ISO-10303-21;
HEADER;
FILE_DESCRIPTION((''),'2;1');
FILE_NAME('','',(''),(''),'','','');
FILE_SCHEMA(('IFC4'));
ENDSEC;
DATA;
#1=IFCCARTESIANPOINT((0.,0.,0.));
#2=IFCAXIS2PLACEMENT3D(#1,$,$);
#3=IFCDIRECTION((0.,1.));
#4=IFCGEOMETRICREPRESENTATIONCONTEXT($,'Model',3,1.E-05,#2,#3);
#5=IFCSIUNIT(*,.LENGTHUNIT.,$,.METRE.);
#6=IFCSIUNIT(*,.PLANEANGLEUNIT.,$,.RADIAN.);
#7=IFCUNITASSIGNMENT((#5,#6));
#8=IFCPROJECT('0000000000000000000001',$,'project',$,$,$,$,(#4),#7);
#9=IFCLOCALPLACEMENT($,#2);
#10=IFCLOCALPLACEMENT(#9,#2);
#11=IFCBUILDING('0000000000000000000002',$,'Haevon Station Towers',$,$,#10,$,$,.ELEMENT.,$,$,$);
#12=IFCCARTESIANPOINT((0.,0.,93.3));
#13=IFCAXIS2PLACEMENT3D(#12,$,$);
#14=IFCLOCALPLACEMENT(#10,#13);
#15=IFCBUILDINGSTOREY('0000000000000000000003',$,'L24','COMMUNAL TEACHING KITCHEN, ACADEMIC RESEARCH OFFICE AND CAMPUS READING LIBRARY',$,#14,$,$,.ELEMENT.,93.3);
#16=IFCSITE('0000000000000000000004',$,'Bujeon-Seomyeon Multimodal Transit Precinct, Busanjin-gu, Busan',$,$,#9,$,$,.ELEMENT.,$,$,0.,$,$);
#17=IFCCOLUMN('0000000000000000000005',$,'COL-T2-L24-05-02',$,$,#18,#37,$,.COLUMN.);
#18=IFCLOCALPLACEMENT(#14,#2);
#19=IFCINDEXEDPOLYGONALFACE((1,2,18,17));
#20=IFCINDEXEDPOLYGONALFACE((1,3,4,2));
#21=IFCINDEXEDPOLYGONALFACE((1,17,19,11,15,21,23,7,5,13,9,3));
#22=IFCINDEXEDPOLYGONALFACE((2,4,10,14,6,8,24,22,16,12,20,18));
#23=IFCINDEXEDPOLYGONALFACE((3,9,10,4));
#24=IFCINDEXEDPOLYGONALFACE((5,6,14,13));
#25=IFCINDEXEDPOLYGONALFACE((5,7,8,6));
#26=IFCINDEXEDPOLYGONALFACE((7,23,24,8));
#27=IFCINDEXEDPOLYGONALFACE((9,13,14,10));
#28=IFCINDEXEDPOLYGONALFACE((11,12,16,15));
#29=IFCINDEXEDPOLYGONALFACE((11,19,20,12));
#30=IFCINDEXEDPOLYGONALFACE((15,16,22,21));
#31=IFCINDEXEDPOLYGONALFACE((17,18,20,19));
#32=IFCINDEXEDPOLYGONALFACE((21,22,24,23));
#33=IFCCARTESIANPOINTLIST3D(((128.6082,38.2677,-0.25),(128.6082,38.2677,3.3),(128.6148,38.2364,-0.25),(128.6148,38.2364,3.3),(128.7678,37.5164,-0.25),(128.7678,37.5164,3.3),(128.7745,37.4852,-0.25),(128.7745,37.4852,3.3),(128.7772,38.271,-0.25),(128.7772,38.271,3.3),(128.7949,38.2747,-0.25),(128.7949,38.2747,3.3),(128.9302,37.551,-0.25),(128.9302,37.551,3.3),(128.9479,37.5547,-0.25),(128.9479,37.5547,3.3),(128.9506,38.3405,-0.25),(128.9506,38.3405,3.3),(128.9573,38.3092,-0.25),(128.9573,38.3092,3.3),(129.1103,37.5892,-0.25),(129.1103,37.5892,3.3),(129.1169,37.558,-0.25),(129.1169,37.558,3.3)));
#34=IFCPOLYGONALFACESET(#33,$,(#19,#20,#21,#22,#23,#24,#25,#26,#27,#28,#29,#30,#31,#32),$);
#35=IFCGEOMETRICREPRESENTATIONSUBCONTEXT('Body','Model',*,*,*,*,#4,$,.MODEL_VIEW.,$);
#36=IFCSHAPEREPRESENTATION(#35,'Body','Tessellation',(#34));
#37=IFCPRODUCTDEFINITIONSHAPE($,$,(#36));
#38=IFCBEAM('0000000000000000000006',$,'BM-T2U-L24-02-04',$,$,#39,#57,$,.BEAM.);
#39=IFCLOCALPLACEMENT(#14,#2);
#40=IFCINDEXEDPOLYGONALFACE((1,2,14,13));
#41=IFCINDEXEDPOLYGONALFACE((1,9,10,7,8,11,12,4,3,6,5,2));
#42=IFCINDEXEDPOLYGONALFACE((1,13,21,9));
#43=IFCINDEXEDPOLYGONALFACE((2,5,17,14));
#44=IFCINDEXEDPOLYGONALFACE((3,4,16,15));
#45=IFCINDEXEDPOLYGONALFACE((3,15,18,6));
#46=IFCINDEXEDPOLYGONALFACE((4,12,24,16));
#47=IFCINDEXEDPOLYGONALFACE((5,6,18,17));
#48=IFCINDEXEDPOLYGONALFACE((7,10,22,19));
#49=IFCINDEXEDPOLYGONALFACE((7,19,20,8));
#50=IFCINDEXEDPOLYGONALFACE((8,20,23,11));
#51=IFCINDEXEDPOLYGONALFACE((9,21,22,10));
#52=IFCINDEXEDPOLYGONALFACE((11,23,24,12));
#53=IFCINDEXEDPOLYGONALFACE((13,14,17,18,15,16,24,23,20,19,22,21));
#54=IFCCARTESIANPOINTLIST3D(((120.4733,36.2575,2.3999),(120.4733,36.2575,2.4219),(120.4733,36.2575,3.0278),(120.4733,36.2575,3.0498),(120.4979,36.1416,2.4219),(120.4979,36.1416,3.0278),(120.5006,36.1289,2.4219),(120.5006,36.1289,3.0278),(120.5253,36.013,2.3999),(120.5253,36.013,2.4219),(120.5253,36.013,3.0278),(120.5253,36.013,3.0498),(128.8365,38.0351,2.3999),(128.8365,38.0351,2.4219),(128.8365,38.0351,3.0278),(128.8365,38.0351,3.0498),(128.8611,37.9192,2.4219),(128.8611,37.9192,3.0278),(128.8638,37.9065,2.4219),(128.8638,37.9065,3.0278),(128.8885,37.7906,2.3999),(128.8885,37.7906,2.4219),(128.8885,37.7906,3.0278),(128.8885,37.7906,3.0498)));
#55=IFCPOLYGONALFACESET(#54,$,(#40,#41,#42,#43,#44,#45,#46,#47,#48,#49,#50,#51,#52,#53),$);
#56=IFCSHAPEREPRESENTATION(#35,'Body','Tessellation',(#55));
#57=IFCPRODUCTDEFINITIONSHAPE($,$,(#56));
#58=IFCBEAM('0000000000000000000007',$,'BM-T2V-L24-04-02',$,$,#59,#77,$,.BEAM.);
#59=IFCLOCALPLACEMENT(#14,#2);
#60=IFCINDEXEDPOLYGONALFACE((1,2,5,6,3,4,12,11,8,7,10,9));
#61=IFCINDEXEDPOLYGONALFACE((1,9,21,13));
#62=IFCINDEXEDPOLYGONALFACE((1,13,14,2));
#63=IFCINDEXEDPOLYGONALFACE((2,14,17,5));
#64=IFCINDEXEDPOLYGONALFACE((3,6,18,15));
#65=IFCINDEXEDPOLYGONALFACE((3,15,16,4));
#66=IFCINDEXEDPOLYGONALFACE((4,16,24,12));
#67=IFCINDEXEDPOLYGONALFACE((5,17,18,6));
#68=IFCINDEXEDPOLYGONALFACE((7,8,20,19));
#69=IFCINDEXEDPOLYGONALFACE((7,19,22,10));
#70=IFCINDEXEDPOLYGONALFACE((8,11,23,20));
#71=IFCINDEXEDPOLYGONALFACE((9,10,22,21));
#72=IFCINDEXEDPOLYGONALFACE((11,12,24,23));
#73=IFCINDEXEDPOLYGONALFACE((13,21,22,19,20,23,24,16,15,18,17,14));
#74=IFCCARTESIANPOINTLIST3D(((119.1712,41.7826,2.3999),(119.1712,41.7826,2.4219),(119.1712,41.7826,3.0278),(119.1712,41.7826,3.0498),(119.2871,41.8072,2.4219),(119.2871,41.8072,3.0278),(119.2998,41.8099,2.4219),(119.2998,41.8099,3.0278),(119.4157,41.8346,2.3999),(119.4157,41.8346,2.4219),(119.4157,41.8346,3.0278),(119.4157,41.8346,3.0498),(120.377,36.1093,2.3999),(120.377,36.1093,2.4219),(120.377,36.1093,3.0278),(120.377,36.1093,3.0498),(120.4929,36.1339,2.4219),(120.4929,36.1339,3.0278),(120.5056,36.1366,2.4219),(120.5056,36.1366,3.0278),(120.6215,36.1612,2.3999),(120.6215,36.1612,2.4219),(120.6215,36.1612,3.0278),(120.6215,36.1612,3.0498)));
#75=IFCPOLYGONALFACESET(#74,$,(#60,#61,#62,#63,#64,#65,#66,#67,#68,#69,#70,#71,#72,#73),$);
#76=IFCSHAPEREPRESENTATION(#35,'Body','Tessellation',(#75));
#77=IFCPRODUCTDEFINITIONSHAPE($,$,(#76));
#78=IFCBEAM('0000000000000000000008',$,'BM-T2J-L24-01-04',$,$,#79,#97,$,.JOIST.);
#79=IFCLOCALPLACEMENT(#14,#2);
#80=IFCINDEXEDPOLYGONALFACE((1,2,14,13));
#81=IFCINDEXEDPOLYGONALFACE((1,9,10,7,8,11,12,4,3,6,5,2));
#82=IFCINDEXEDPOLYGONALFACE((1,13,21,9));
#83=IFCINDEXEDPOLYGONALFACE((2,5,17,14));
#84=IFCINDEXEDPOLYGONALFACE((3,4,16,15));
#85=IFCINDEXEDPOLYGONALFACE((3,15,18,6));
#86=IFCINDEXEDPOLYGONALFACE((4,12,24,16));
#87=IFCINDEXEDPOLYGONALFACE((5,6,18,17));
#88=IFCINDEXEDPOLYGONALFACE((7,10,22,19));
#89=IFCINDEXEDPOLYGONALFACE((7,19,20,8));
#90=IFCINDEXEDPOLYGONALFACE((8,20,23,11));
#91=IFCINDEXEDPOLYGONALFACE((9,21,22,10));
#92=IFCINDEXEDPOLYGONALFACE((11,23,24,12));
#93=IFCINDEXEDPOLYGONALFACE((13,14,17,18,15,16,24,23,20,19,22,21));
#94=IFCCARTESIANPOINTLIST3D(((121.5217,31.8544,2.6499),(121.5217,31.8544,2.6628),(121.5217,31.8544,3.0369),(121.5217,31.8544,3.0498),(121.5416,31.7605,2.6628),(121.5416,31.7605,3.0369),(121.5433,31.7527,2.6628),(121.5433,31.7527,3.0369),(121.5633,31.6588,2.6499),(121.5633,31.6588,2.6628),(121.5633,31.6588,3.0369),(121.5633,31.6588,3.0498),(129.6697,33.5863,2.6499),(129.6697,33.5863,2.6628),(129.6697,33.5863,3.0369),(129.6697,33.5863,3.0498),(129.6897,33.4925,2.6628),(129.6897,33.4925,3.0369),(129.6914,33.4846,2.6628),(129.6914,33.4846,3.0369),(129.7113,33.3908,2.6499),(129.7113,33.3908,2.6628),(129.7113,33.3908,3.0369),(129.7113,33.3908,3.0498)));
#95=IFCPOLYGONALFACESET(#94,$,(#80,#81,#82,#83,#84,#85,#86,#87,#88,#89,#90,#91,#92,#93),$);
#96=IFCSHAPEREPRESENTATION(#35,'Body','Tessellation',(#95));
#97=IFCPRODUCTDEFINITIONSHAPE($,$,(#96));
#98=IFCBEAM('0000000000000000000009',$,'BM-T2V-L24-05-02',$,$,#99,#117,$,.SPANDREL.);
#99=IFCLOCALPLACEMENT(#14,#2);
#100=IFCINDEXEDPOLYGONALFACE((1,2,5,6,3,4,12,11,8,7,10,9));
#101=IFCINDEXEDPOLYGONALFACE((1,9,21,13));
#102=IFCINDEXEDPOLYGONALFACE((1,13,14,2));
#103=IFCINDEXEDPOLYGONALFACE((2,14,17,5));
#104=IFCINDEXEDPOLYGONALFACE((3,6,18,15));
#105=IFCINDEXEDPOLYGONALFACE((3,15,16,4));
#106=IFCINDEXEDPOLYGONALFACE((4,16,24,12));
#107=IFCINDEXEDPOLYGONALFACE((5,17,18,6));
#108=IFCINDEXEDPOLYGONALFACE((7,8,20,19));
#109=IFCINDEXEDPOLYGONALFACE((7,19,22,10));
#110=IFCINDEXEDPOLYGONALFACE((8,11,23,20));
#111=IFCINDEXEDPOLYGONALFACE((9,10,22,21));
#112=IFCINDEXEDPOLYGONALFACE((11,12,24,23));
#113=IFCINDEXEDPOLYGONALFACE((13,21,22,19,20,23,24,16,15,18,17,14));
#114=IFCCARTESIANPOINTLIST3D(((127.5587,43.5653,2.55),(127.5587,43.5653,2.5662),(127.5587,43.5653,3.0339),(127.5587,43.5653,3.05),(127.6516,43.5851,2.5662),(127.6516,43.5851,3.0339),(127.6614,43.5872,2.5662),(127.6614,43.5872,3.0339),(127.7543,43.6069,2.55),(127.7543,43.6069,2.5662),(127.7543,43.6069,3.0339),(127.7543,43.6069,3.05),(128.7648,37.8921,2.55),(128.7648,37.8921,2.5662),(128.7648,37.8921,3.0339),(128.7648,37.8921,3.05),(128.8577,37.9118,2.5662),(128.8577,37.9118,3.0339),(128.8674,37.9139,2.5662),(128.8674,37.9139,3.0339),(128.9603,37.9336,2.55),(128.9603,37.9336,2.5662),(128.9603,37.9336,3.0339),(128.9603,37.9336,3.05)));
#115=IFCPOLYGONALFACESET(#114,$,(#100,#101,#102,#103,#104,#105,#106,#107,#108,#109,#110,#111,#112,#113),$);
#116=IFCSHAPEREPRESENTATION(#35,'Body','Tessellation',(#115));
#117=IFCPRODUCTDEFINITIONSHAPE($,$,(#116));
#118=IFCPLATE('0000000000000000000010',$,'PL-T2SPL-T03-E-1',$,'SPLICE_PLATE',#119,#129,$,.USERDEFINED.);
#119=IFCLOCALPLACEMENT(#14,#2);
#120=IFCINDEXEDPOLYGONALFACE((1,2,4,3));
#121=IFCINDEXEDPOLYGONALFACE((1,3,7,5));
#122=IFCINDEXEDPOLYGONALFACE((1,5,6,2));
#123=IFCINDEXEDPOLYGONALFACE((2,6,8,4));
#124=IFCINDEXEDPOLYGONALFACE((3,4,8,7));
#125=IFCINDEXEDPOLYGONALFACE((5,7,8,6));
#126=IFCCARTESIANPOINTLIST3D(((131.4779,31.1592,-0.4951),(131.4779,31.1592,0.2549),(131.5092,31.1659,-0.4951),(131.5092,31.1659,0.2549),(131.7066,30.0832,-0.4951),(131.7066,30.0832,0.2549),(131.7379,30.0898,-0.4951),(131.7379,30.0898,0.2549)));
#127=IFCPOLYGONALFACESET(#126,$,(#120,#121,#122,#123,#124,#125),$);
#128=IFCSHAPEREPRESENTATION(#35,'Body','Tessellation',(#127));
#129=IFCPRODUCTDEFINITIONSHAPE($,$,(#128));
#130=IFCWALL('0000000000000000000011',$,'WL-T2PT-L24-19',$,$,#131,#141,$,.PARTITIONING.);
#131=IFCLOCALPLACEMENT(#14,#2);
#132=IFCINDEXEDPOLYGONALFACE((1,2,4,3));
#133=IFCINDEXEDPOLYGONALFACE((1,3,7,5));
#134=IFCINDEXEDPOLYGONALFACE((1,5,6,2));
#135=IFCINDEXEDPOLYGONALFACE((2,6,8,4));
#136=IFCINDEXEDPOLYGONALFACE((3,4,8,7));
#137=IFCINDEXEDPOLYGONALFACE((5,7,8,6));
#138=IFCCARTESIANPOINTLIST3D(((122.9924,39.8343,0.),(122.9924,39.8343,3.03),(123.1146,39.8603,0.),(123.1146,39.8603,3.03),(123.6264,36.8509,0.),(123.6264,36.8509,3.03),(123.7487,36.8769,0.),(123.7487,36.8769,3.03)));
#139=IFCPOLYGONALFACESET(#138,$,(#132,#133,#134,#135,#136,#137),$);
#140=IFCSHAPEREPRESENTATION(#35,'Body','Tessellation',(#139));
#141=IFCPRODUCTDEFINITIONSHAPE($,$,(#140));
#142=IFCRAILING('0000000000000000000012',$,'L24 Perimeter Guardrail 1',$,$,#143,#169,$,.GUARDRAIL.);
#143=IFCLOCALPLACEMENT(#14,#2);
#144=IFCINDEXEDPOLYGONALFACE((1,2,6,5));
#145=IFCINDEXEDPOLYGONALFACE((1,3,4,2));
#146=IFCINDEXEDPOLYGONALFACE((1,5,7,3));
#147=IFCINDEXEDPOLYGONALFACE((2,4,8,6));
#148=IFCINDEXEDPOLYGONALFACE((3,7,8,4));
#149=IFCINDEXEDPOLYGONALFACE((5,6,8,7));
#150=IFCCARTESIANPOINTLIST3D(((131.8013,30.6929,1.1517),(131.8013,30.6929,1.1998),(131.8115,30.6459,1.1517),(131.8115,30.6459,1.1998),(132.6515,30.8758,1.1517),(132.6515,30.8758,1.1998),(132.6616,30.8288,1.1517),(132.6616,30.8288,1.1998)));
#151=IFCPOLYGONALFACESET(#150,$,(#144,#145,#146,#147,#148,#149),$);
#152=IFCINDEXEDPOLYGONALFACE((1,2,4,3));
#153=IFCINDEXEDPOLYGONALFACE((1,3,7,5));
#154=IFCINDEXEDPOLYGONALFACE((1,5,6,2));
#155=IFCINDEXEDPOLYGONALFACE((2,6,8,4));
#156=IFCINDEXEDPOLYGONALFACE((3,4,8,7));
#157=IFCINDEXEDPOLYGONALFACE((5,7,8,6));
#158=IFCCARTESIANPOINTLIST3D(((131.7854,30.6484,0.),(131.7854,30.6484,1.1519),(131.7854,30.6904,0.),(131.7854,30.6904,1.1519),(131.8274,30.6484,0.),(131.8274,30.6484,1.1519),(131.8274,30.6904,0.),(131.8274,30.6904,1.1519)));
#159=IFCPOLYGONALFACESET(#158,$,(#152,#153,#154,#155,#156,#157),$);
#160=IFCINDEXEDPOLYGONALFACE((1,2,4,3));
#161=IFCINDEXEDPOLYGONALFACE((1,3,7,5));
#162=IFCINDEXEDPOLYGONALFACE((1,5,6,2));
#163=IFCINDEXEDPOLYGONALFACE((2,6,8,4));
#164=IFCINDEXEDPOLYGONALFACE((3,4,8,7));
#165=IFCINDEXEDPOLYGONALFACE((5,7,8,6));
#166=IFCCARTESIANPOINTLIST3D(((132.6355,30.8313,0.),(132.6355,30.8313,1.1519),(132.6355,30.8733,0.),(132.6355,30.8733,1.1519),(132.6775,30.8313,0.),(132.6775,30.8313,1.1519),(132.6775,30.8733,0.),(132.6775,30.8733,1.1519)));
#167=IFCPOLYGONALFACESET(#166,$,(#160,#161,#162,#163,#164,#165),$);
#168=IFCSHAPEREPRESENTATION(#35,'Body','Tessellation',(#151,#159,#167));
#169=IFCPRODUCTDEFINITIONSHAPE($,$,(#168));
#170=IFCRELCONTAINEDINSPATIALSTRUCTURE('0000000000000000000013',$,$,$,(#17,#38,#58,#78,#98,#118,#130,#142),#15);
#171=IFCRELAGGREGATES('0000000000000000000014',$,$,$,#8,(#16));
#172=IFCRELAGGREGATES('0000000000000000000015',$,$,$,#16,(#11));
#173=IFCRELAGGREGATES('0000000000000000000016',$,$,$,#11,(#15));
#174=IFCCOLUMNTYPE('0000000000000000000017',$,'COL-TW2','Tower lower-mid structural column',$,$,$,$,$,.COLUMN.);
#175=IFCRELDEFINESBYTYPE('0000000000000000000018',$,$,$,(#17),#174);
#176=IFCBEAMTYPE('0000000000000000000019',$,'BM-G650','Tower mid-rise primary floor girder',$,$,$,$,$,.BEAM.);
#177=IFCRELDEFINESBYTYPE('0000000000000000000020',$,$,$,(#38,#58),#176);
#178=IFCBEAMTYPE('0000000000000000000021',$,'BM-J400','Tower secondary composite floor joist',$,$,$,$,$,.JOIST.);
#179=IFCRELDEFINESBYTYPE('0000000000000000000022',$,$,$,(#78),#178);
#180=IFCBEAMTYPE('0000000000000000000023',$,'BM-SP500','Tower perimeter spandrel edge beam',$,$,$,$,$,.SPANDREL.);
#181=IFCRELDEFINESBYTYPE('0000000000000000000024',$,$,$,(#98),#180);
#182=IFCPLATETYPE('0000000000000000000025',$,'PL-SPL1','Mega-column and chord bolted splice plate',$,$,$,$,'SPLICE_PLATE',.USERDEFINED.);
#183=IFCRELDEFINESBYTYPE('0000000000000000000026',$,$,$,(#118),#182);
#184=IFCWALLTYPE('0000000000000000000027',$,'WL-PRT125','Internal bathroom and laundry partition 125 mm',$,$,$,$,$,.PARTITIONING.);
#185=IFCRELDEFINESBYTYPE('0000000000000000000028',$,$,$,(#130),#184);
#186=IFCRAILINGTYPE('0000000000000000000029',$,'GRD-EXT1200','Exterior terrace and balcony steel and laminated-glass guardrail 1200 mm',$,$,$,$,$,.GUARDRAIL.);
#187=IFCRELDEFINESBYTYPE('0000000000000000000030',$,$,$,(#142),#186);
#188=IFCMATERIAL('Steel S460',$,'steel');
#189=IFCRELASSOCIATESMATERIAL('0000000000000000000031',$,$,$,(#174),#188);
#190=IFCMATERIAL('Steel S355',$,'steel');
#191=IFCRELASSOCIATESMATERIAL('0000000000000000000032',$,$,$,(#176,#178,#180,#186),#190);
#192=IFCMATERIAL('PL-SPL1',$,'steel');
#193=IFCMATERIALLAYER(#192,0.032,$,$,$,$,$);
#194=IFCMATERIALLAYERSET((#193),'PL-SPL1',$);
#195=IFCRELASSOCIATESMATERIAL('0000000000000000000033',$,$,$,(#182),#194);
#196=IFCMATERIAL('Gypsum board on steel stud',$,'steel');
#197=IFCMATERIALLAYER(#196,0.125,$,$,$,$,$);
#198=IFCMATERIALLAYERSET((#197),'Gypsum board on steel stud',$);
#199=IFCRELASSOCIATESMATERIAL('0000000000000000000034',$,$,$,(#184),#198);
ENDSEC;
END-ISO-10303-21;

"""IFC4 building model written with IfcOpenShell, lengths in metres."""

from ifc_helpers import new_model, si_unit, direction, frame, frame_2d, origin, origin_2d, place, context, subcontext, project, spatial, rectangle, i_section, extrude, material, layer, layer_set, material_profile, profile_set, type_object, element, save


model = new_model("IFC4")

# Units and contexts
model_context = context("Model", 3, precision=1e-05, world=origin(), true_north=direction((0.0, 1.0)))
body_context = subcontext(model_context, "Body", "Model", "MODEL_VIEW")
ifc_project = project(units=[si_unit("LENGTHUNIT", "METRE"), si_unit("PLANEANGLEUNIT", "RADIAN")], contexts=[model_context])

# Site, building, storey
site_placement = place(None, origin())
site = spatial("IfcSite", under=ifc_project, at=site_placement, Name="Bujeon-Seomyeon Multimodal Transit Precinct, Busanjin-gu, Busan", CompositionType="ELEMENT", RefElevation=0.0)
building_placement = place(site_placement, origin())
building = spatial("IfcBuilding", under=site, at=building_placement, Name="Haevon Station Towers", CompositionType="ELEMENT")
storey_placement = place(building_placement, frame((0.0, 0.0, 93.3)))
storey = spatial("IfcBuildingStorey", under=building, at=storey_placement, Name="L24", Description="COMMUNAL TEACHING KITCHEN, ACADEMIC RESEARCH OFFICE AND CAMPUS READING LIBRARY", CompositionType="ELEMENT", Elevation=93.3)

# Column
ifc_material_1 = material(Name="Steel S460", Category="steel")
ifc_material_profile_1 = material_profile(ifc_material_1, i_section(OverallWidth=0.3501, OverallDepth=0.8, WebThickness=0.0181, FlangeThickness=0.032, at=origin_2d()), Name="H-800x350x18x32")
ifc_profile_set_1 = profile_set([ifc_material_profile_1], Name="Steel S460")
column_type = type_object("IfcColumnType", Name="COL-TW2", Description="Tower lower-mid structural column", PredefinedType="COLUMN", material=ifc_profile_set_1)
column_placement = place(storey_placement, frame((128.8625, 37.9128, -0.25), z_axis=(0.0, 0.0, 1.0), x_axis=(0.978148, 0.207912, 0.0)))
element("IfcColumn", 1, at=column_placement, inside=storey, type_object=column_type, Name="COL-T2-L24-05-02", PredefinedType="COLUMN", context=body_context, shape_type="SweptSolid", body=[
    extrude(i_section(OverallWidth=0.3501, OverallDepth=0.8, WebThickness=0.0181, FlangeThickness=0.032, at=origin_2d()), origin(), (0.0, 0.0, 1.0), 3.55),
])

# Beams
ifc_material_2 = material(Name="Steel S355", Category="steel")
ifc_material_profile_2 = material_profile(ifc_material_2, i_section(OverallWidth=0.25, OverallDepth=0.6499, WebThickness=0.0129, FlangeThickness=0.022, at=origin_2d()), Name="H-650x250x13x22")
ifc_profile_set_2 = profile_set([ifc_material_profile_2], Name="Steel S355")
beam_type_1 = type_object("IfcBeamType", Name="BM-G650", Description="Tower mid-rise primary floor girder", PredefinedType="BEAM", material=ifc_profile_set_2)
beam_1_placement = place(storey_placement, frame((120.4993, 36.1353, 2.7249), z_axis=(0.97815, 0.207902, 0.0), x_axis=(-0.207902, 0.97815, 0.0)))
element("IfcBeam", 2, at=beam_1_placement, inside=storey, type_object=beam_type_1, Name="BM-T2U-L24-02-04", PredefinedType="BEAM", context=body_context, shape_type="SweptSolid", body=[
    extrude(i_section(OverallWidth=0.25, OverallDepth=0.6499, WebThickness=0.0129, FlangeThickness=0.022, at=origin_2d()), origin(), (0.0, 0.0, 1.0), 8.55),
])
beam_2_placement = place(storey_placement, frame((120.4993, 36.1353, 2.7249), z_axis=(-0.207896, 0.978151, 0.0), x_axis=(-0.978151, -0.207896, 0.0)))
element("IfcBeam", 3, at=beam_2_placement, inside=storey, type_object=beam_type_1, Name="BM-T2V-L24-04-02", PredefinedType="BEAM", context=body_context, shape_type="SweptSolid", body=[
    extrude(i_section(OverallWidth=0.25, OverallDepth=0.6499, WebThickness=0.0129, FlangeThickness=0.022, at=origin_2d()), origin(), (0.0, 0.0, 1.0), 5.8),
])
ifc_material_profile_3 = material_profile(ifc_material_2, i_section(OverallWidth=0.2, OverallDepth=0.3999, WebThickness=0.0081, FlangeThickness=0.0129, at=origin_2d()), Name="H-400x200x8x13")
ifc_profile_set_3 = profile_set([ifc_material_profile_3], Name="Steel S355")
beam_type_2 = type_object("IfcBeamType", Name="BM-J400", Description="Tower secondary composite floor joist", PredefinedType="JOIST", material=ifc_profile_set_3)
beam_3_placement = place(storey_placement, frame((121.5425, 31.7566, 2.8499), z_axis=(0.978147, 0.207916, 0.0), x_axis=(-0.207916, 0.978147, 0.0)))
element("IfcBeam", 4, at=beam_3_placement, inside=storey, type_object=beam_type_2, Name="BM-T2J-L24-01-04", PredefinedType="JOIST", context=body_context, shape_type="SweptSolid", body=[
    extrude(i_section(OverallWidth=0.2, OverallDepth=0.3999, WebThickness=0.0081, FlangeThickness=0.0129, at=origin_2d()), origin(), (0.0, 0.0, 1.0), 8.3301),
])
ifc_material_profile_4 = material_profile(ifc_material_2, i_section(OverallWidth=0.2, OverallDepth=0.5, WebThickness=0.01, FlangeThickness=0.0161, at=origin_2d()), Name="H-500x200x10x16")
ifc_profile_set_4 = profile_set([ifc_material_profile_4], Name="Steel S355")
beam_type_3 = type_object("IfcBeamType", Name="BM-SP500", Description="Tower perimeter spandrel edge beam", PredefinedType="SPANDREL", material=ifc_profile_set_4)
beam_4_placement = place(storey_placement, frame((128.8625, 37.9128, 2.8), z_axis=(-0.207936, 0.978142, 0.0), x_axis=(-0.978142, -0.207936, 0.0)))
element("IfcBeam", 5, at=beam_4_placement, inside=storey, type_object=beam_type_3, Name="BM-T2V-L24-05-02", PredefinedType="SPANDREL", context=body_context, shape_type="SweptSolid", body=[
    extrude(i_section(OverallWidth=0.2, OverallDepth=0.5, WebThickness=0.01, FlangeThickness=0.0161, at=origin_2d()), origin(), (0.0, 0.0, 1.0), 5.8),
])

# Plate
ifc_material_3 = material(Name="PL-SPL1", Category="steel")
ifc_layer_1 = layer(ifc_material_3, 0.032)
ifc_layer_set_1 = layer_set([ifc_layer_1], Name="PL-SPL1")
plate_type = type_object("IfcPlateType", Name="PL-SPL1", Description="Mega-column and chord bolted splice plate", ElementType="SPLICE_PLATE", PredefinedType="USERDEFINED", material=ifc_layer_set_1)
plate_placement = place(storey_placement, frame((131.6079, 30.6245, -0.4951), z_axis=(0.0, 0.0, 1.0), x_axis=(-0.207912, 0.978148, 0.0)))
element("IfcPlate", 6, at=plate_placement, inside=storey, type_object=plate_type, Name="PL-T2SPL-T03-E-1", ObjectType="SPLICE_PLATE", PredefinedType="USERDEFINED", context=body_context, shape_type="SweptSolid", body=[
    extrude(rectangle(XDim=1.1001, YDim=0.032, at=origin_2d()), origin(), (0.0, 0.0, 1.0), 0.75),
])

# Wall
ifc_material_4 = material(Name="Gypsum board on steel stud", Category="steel")
ifc_layer_2 = layer(ifc_material_4, 0.125)
ifc_layer_set_2 = layer_set([ifc_layer_2], Name="Gypsum board on steel stud")
wall_type = type_object("IfcWallType", Name="WL-PRT125", Description="Internal bathroom and laundry partition 125 mm", PredefinedType="PARTITIONING", material=ifc_layer_set_2)
wall_placement = place(storey_placement, frame((123.6875, 36.864, 0.0), z_axis=(0.0, 0.0, 1.0), x_axis=(-0.207878, 0.978155, 0.0)))
element("IfcWall", 7, at=wall_placement, inside=storey, type_object=wall_type, Name="WL-T2PT-L24-19", PredefinedType="PARTITIONING", context=body_context, shape_type="SweptSolid", body=[
    extrude(rectangle(XDim=3.05, YDim=0.125, at=frame_2d((1.5249, 0.0))), origin(), (0.0, 0.0, 1.0), 3.03),
])

# Railing
railing_type = type_object("IfcRailingType", Name="GRD-EXT1200", Description="Exterior terrace and balcony steel and laminated-glass guardrail 1200 mm", PredefinedType="GUARDRAIL", material=ifc_material_2)
railing_1_placement = place(storey_placement, frame((131.8064, 30.6694, 0.0)))
element("IfcRailing", 8, at=railing_1_placement, inside=storey, type_object=railing_type, Name="L24 Perimeter Guardrail 1", PredefinedType="GUARDRAIL", context=body_context, shape_type="SweptSolid", body=[
    extrude(rectangle(XDim=0.0481, YDim=0.0481, at=origin_2d()), frame((0.0, 0.0, 1.1758), z_axis=(0.977638, 0.210296, 0.0), x_axis=(-0.210296, 0.977638, 0.0)), (0.0, 0.0, 1.0), 0.8696),
    extrude(rectangle(XDim=0.042, YDim=0.042, at=origin_2d()), origin(), (0.0, 0.0, 1.0), 1.1519),
    extrude(rectangle(XDim=0.042, YDim=0.042, at=origin_2d()), frame((0.8501, 0.1829, 0.0)), (0.0, 0.0, 1.0), 1.1519),
])

save(model, "model.ifc")
